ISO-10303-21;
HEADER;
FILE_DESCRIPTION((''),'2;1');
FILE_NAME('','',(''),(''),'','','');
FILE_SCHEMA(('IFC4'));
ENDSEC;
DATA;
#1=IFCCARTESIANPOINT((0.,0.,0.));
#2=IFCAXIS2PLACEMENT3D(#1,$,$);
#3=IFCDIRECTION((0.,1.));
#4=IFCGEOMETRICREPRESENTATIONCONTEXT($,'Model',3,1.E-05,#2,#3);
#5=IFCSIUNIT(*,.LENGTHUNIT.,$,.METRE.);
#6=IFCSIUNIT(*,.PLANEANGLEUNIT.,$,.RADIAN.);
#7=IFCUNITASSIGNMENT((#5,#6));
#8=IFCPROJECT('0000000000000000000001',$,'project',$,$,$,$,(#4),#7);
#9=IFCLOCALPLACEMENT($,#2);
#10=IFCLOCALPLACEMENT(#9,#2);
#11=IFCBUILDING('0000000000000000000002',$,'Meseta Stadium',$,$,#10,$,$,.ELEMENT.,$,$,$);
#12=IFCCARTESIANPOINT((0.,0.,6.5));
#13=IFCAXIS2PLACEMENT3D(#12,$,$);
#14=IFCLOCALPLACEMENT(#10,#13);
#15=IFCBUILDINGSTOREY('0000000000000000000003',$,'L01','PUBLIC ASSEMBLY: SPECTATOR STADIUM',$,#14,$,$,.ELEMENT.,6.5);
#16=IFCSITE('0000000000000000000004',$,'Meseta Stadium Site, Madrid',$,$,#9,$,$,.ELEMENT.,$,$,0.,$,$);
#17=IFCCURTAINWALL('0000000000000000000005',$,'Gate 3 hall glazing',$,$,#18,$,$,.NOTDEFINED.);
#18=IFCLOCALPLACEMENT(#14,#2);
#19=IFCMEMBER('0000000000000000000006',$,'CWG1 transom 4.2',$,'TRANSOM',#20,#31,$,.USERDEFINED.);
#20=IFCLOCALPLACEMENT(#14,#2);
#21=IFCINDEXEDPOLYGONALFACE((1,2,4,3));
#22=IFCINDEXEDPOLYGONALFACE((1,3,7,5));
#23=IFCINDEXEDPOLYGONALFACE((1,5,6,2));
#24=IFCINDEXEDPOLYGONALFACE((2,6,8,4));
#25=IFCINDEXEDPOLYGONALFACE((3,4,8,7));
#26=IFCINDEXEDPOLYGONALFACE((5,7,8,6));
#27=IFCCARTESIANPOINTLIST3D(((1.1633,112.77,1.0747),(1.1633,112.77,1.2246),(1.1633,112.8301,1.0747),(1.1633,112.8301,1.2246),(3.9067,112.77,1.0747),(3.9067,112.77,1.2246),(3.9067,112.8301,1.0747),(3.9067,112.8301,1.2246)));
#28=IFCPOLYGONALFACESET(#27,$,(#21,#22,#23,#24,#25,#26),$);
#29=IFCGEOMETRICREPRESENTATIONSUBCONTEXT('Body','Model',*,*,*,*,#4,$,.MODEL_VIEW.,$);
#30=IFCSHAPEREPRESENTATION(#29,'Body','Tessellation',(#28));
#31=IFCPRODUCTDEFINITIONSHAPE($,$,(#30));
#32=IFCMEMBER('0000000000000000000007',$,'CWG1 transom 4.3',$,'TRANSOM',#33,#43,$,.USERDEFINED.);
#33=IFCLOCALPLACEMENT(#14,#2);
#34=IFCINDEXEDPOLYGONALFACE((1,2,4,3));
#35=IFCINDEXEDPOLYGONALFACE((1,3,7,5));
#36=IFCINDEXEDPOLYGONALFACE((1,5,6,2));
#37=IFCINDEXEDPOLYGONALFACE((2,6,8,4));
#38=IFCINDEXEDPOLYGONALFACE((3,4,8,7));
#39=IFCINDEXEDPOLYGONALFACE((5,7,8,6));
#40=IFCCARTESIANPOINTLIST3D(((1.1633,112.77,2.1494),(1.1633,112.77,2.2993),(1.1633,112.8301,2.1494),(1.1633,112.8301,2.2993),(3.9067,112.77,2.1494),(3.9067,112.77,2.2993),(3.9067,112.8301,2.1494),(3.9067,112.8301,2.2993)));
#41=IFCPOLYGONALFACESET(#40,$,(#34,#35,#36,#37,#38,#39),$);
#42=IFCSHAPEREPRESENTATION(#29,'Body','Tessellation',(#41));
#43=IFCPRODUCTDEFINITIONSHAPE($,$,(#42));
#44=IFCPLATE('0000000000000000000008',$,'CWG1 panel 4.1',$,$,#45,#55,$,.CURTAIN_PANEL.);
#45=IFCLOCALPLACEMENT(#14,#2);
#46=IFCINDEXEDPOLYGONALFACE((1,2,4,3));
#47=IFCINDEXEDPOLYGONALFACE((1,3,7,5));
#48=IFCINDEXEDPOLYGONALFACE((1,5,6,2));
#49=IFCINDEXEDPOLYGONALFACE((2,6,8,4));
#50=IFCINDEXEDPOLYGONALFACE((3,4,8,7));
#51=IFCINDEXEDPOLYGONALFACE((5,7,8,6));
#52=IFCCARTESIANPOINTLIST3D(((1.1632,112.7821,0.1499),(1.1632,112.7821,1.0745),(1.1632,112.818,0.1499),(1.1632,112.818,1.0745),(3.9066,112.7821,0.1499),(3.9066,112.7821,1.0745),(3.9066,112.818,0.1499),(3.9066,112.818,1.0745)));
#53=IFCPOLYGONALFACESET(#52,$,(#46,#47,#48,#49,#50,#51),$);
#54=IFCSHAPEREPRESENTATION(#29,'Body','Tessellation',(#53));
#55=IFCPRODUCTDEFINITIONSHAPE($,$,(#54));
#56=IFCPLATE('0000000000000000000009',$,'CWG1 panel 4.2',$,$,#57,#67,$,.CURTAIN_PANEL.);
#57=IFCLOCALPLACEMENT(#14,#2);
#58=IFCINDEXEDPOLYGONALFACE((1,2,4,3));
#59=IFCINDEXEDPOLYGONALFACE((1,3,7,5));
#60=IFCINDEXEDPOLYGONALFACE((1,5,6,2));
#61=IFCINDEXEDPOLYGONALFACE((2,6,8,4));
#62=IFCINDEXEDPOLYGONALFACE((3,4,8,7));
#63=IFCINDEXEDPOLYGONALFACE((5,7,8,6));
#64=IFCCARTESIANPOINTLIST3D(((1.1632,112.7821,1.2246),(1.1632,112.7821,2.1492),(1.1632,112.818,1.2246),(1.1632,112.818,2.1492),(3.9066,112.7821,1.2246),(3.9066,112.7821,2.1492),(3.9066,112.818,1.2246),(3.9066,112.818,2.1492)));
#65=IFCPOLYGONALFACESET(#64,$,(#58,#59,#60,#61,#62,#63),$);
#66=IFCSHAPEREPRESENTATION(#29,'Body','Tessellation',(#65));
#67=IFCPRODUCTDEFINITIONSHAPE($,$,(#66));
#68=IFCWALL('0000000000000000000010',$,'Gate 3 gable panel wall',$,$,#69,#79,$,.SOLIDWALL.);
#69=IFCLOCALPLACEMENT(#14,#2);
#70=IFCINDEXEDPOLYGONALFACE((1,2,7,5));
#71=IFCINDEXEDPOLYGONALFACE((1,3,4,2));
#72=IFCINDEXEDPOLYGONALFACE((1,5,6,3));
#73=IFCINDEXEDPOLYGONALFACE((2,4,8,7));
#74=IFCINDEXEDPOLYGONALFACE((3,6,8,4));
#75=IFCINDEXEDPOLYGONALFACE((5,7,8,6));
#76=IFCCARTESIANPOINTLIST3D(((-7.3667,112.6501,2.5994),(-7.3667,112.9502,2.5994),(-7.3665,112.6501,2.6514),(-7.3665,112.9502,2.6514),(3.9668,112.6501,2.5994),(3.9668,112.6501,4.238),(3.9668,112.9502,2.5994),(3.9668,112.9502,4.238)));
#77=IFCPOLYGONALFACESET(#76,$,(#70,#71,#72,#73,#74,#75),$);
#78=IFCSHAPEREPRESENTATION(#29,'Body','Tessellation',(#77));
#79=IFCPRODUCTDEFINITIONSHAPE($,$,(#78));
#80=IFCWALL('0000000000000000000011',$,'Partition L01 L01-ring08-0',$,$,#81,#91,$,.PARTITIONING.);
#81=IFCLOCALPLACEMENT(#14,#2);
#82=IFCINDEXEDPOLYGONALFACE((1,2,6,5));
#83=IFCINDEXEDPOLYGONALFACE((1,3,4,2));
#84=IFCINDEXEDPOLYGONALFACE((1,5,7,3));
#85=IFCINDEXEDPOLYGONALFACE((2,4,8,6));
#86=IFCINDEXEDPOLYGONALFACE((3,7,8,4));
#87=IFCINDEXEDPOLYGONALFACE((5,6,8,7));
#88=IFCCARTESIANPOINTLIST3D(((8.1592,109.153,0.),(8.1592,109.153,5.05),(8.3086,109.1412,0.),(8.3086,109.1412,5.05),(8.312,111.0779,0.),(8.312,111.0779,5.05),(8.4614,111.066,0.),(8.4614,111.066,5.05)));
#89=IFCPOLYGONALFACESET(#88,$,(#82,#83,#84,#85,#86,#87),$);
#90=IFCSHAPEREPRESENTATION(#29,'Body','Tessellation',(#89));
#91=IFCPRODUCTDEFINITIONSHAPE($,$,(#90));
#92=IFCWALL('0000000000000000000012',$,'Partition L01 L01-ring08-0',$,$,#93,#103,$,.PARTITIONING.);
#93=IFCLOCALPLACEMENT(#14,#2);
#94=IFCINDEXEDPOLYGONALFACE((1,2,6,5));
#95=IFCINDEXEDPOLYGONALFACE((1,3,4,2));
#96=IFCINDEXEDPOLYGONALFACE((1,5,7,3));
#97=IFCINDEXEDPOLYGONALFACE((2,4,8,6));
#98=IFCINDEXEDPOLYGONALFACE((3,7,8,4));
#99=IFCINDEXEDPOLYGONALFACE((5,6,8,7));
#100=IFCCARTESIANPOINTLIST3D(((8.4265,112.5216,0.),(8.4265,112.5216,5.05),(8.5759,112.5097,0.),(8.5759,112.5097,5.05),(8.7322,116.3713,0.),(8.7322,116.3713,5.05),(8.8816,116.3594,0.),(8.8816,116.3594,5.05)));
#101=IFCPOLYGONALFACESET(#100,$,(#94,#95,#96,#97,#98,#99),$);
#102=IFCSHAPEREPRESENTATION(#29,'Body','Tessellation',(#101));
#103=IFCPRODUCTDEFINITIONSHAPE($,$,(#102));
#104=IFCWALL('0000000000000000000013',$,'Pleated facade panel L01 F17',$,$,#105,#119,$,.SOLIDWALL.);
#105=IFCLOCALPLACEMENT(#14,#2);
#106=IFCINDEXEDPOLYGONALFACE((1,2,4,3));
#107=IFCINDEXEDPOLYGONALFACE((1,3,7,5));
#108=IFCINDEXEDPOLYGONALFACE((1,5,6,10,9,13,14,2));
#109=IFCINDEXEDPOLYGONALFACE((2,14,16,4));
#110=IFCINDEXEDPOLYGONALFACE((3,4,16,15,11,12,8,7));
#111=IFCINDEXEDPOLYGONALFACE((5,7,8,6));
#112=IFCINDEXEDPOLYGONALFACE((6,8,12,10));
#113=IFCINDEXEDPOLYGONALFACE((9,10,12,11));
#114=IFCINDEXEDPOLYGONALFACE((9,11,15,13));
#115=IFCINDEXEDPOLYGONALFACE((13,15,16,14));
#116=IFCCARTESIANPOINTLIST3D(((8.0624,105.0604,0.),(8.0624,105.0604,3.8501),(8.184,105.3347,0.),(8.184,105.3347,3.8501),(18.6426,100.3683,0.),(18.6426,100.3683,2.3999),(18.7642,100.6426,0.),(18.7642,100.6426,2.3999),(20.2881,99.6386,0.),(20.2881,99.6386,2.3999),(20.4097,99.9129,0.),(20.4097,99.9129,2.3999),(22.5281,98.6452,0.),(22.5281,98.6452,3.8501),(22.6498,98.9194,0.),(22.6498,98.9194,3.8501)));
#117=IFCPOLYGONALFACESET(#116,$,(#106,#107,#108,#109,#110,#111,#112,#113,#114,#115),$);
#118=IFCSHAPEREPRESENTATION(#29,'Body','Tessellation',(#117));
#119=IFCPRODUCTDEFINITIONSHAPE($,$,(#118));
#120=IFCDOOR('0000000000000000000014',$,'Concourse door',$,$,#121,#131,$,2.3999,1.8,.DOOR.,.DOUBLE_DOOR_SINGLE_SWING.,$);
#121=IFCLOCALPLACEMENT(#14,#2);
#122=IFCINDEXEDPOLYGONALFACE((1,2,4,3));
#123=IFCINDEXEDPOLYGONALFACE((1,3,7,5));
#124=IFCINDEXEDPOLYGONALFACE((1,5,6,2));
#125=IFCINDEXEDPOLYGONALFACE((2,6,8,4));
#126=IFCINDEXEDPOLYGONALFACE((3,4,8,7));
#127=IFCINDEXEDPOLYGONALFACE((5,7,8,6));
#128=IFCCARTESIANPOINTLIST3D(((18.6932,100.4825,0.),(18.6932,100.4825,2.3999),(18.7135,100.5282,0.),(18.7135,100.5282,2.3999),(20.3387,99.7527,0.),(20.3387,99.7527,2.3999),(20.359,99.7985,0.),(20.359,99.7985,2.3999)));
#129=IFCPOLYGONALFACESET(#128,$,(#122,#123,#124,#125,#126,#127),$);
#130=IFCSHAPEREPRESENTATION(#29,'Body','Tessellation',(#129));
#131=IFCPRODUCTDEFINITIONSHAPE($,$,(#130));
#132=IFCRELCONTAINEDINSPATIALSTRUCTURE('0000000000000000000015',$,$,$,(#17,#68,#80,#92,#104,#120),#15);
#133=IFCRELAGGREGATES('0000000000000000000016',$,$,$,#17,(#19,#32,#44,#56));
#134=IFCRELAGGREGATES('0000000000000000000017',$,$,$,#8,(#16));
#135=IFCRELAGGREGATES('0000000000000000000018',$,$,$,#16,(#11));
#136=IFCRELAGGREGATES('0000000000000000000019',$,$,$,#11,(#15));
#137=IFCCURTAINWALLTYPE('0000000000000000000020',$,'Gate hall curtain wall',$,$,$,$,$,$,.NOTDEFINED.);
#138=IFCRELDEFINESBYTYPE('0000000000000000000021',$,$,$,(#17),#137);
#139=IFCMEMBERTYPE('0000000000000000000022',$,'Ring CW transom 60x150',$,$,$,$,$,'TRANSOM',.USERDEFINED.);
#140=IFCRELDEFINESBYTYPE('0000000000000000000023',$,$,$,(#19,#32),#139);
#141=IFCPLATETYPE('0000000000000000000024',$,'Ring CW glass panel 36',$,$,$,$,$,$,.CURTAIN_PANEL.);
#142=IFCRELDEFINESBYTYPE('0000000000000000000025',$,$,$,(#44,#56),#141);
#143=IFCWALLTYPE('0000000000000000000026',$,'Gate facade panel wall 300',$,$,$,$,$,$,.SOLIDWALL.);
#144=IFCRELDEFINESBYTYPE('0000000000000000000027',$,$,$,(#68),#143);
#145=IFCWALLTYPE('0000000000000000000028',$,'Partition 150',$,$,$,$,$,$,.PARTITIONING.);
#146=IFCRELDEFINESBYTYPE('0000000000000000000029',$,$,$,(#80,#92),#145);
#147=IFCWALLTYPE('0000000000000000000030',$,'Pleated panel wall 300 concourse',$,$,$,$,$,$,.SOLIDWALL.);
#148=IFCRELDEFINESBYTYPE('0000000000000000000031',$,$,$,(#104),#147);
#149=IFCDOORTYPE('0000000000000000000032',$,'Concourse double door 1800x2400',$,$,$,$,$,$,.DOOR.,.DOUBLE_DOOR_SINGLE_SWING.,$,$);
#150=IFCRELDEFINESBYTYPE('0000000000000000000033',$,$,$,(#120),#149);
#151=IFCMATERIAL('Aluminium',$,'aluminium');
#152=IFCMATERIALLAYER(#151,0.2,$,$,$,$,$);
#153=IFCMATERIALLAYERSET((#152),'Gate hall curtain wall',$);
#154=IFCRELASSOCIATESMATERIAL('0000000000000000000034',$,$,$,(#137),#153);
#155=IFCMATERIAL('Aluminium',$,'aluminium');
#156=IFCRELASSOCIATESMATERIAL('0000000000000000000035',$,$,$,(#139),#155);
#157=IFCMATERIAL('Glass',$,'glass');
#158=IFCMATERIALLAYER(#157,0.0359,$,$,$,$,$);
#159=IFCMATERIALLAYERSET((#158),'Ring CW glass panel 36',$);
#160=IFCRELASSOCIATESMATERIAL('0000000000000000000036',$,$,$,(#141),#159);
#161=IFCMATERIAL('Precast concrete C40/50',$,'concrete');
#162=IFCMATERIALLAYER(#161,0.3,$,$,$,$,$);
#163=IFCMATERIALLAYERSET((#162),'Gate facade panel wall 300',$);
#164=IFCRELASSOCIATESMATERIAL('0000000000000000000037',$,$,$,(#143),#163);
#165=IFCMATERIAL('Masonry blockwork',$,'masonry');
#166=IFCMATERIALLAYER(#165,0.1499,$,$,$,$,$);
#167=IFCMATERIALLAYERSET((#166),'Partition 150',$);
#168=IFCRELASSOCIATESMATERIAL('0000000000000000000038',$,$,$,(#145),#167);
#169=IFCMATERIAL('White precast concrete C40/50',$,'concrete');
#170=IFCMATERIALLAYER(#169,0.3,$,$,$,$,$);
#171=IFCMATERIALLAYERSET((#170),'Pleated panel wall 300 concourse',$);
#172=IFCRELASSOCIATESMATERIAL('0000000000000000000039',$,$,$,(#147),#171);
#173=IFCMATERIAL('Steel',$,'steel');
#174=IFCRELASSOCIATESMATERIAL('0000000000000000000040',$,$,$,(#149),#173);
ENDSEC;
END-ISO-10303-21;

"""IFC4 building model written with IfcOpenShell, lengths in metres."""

from ifc_helpers import new_model, si_unit, direction, frame, frame_2d, origin, origin_2d, place, context, subcontext, project, spatial, polyline, rectangle, outline, extrude, material, layer, layer_set, material_profile, profile_set, type_object, element, fill, aggregate, save


model = new_model("IFC4")

# Units and contexts
model_context = context("Model", 3, precision=1e-05, world=origin(), true_north=direction((0.0, 1.0)))
body_context = subcontext(model_context, "Body", "Model", "MODEL_VIEW")
ifc_project = project(units=[si_unit("LENGTHUNIT", "METRE"), si_unit("PLANEANGLEUNIT", "RADIAN")], contexts=[model_context])

# Site, building, storey
site_placement = place(None, origin())
site = spatial("IfcSite", under=ifc_project, at=site_placement, Name="Meseta Stadium Site, Madrid", CompositionType="ELEMENT", RefElevation=0.0)
building_placement = place(site_placement, origin())
building = spatial("IfcBuilding", under=site, at=building_placement, Name="Meseta Stadium", CompositionType="ELEMENT")
storey_placement = place(building_placement, frame((0.0, 0.0, 6.5)))
storey = spatial("IfcBuildingStorey", under=building, at=storey_placement, Name="L01", Description="PUBLIC ASSEMBLY: SPECTATOR STADIUM", CompositionType="ELEMENT", Elevation=6.5)

# Curtain wall, members, plates
ifc_material_1 = material(Name="Aluminium", Category="aluminium")
ifc_layer_1 = layer(ifc_material_1, 0.2)
ifc_layer_set_1 = layer_set([ifc_layer_1], Name="Gate hall curtain wall")
curtain_wall_type_1 = type_object("IfcCurtainWallType", Name="Gate hall curtain wall", PredefinedType="NOTDEFINED", material=ifc_layer_set_1)
curtain_wall_1_placement = place(storey_placement, origin())
curtain_wall_1 = element("IfcCurtainWall", 1, at=curtain_wall_1_placement, inside=storey, type_object=curtain_wall_type_1, Name="Gate 3 hall glazing", PredefinedType="NOTDEFINED")
ifc_material_2 = material(Name="Aluminium", Category="aluminium")
ifc_material_profile_1 = material_profile(ifc_material_2, rectangle(XDim=0.0601, YDim=0.1499, at=origin_2d()), Name="CW 60x150")
ifc_profile_set_1 = profile_set([ifc_material_profile_1], Name="Aluminium")
member_type_1 = type_object("IfcMemberType", Name="Ring CW transom 60x150", ElementType="TRANSOM", PredefinedType="USERDEFINED", material=ifc_profile_set_1)
member_1_placement = place(storey_placement, frame((1.1633, 112.8, 1.1497), z_axis=(1.0, 0.0, 0.0), x_axis=(0.0, 1.0, 0.0)))
member_1 = element("IfcMember", 2, at=member_1_placement, type_object=member_type_1, Name="CWG1 transom 4.2", ObjectType="TRANSOM", PredefinedType="USERDEFINED", context=body_context, shape_type="SweptSolid", body=[
    extrude(rectangle(XDim=0.0601, YDim=0.1499, at=origin_2d()), origin(), (0.0, 0.0, 1.0), 2.7434),
])
member_2_placement = place(storey_placement, frame((1.1633, 112.8, 2.2244), z_axis=(1.0, 0.0, 0.0), x_axis=(0.0, 1.0, 0.0)))
member_2 = element("IfcMember", 3, at=member_2_placement, type_object=member_type_1, Name="CWG1 transom 4.3", ObjectType="TRANSOM", PredefinedType="USERDEFINED", context=body_context, shape_type="SweptSolid", body=[
    extrude(rectangle(XDim=0.0601, YDim=0.1499, at=origin_2d()), origin(), (0.0, 0.0, 1.0), 2.7434),
])
ifc_material_3 = material(Name="Glass", Category="glass")
ifc_layer_2 = layer(ifc_material_3, 0.0359)
ifc_layer_set_2 = layer_set([ifc_layer_2], Name="Ring CW glass panel 36")
plate_type = type_object("IfcPlateType", Name="Ring CW glass panel 36", PredefinedType="CURTAIN_PANEL", material=ifc_layer_set_2)
plate_1_placement = place(storey_placement, frame((2.5349, 112.8, 0.1499), z_axis=(0.0, 0.0, 1.0), x_axis=(1.0, 0.0, 0.0)))
plate_1 = element("IfcPlate", 4, at=plate_1_placement, type_object=plate_type, Name="CWG1 panel 4.1", PredefinedType="CURTAIN_PANEL", context=body_context, shape_type="SweptSolid", body=[
    extrude(rectangle(XDim=2.7434, YDim=0.0359, at=origin_2d()), origin(), (0.0, 0.0, 1.0), 0.9246),
])
plate_2_placement = place(storey_placement, frame((2.5349, 112.8, 1.2246), z_axis=(0.0, 0.0, 1.0), x_axis=(1.0, 0.0, 0.0)))
plate_2 = element("IfcPlate", 5, at=plate_2_placement, type_object=plate_type, Name="CWG1 panel 4.2", PredefinedType="CURTAIN_PANEL", context=body_context, shape_type="SweptSolid", body=[
    extrude(rectangle(XDim=2.7434, YDim=0.0359, at=origin_2d()), origin(), (0.0, 0.0, 1.0), 0.9246),
])
aggregate(curtain_wall_1, [member_1, member_2, plate_1, plate_2])

# Walls
ifc_material_4 = material(Name="Precast concrete C40/50", Category="concrete")
ifc_layer_3 = layer(ifc_material_4, 0.3)
ifc_layer_set_3 = layer_set([ifc_layer_3], Name="Gate facade panel wall 300")
wall_type_1 = type_object("IfcWallType", Name="Gate facade panel wall 300", PredefinedType="SOLIDWALL", material=ifc_layer_set_3)
wall_1_placement = place(storey_placement, frame((3.9668, 112.8, 2.5994), z_axis=(0.0, 0.0, 1.0), x_axis=(-1.0, 0.0, 0.0)))
element("IfcWall", 6, at=wall_1_placement, inside=storey, type_object=wall_type_1, Name="Gate 3 gable panel wall", PredefinedType="SOLIDWALL", context=body_context, shape_type="SweptSolid", body=[
    extrude(outline(polyline([(0.0, 0.0), (11.3335, 0.0), (11.3333, 0.052), (0.0, 1.6387), (0.0, 0.0)])), frame((0.0, 0.1499, 0.0), z_axis=(0.0, -1.0, 0.0), x_axis=(1.0, 0.0, 0.0)), (0.0, 0.0, 1.0), 0.3),
])
ifc_material_5 = material(Name="Masonry blockwork", Category="masonry")
ifc_layer_4 = layer(ifc_material_5, 0.1499)
ifc_layer_set_4 = layer_set([ifc_layer_4], Name="Partition 150")
wall_type_2 = type_object("IfcWallType", Name="Partition 150", PredefinedType="PARTITIONING", material=ifc_layer_set_4)
wall_2_placement = place(storey_placement, frame((8.2339, 109.1472, 0.0), z_axis=(0.0, 0.0, 1.0), x_axis=(0.079152, 0.996863, 0.0)))
element("IfcWall", 7, at=wall_2_placement, inside=storey, type_object=wall_type_2, Name="Partition L01 L01-ring08-0", PredefinedType="PARTITIONING", context=body_context, shape_type="SweptSolid", body=[
    extrude(rectangle(XDim=1.9309, YDim=0.1499, at=frame_2d((0.9653, 0.0))), origin(), (0.0, 0.0, 1.0), 5.05),
])
wall_3_placement = place(storey_placement, frame((8.5012, 112.5156, 0.0), z_axis=(0.0, 0.0, 1.0), x_axis=(0.079152, 0.996863, 0.0)))
element("IfcWall", 8, at=wall_3_placement, inside=storey, type_object=wall_type_2, Name="Partition L01 L01-ring08-0", PredefinedType="PARTITIONING", context=body_context, shape_type="SweptSolid", body=[
    extrude(rectangle(XDim=3.8618, YDim=0.1499, at=frame_2d((1.9309, 0.0))), origin(), (0.0, 0.0, 1.0), 5.05),
])

# Wall, opening, door
ifc_material_6 = material(Name="White precast concrete C40/50", Category="concrete")
ifc_layer_5 = layer(ifc_material_6, 0.3)
ifc_layer_set_5 = layer_set([ifc_layer_5], Name="Pleated panel wall 300 concourse")
wall_type_3 = type_object("IfcWallType", Name="Pleated panel wall 300 concourse", PredefinedType="SOLIDWALL", material=ifc_layer_set_5)
wall_4_placement = place(storey_placement, frame((8.1233, 105.1975, 0.0), z_axis=(0.0, 0.0, 1.0), x_axis=(0.914139, -0.405401, 0.0)))
wall_4 = element("IfcWall", 9, at=wall_4_placement, inside=storey, type_object=wall_type_3, Name="Pleated facade panel L01 F17", PredefinedType="SOLIDWALL", context=body_context, shape_type="SweptSolid", body=[
    extrude(rectangle(XDim=15.8245, YDim=0.3, at=frame_2d((7.9121, 0.0))), origin(), (0.0, 0.0, 1.0), 3.8501),
])
opening_placement = place(wall_4_placement, frame((11.574, 0.0, 0.0)))
opening = element("IfcOpeningElement", 10, at=opening_placement, cuts=wall_4, PredefinedType="OPENING", context=body_context, shape_type="SweptSolid", body=[
    extrude(rectangle(XDim=1.8, YDim=2.3999, at=frame_2d((0.8999, 1.2))), frame((0.0, 0.1599, 0.0), z_axis=(0.0, -1.0, 0.0), x_axis=(1.0, 0.0, 0.0)), (0.0, 0.0, 1.0), 0.3201),
])
ifc_material_7 = material(Name="Steel", Category="steel")
door_type = type_object("IfcDoorType", Name="Concourse double door 1800x2400", OperationType="DOUBLE_DOOR_SINGLE_SWING", PredefinedType="DOOR", material=ifc_material_7)
door_placement = place(opening_placement, origin())
door = element("IfcDoor", 11, at=door_placement, inside=storey, type_object=door_type, Name="Concourse door", OperationType="DOUBLE_DOOR_SINGLE_SWING", OverallHeight=2.3999, OverallWidth=1.8, PredefinedType="DOOR", context=body_context, shape_type="SweptSolid", body=[
    extrude(rectangle(XDim=1.8, YDim=2.3999, at=frame_2d((0.8999, 1.2))), frame((0.0, 0.0249, 0.0), z_axis=(0.0, -1.0, 0.0), x_axis=(1.0, 0.0, 0.0)), (0.0, 0.0, 1.0), 0.05),
])
fill(opening, door)

save(model, "model.ifc")
